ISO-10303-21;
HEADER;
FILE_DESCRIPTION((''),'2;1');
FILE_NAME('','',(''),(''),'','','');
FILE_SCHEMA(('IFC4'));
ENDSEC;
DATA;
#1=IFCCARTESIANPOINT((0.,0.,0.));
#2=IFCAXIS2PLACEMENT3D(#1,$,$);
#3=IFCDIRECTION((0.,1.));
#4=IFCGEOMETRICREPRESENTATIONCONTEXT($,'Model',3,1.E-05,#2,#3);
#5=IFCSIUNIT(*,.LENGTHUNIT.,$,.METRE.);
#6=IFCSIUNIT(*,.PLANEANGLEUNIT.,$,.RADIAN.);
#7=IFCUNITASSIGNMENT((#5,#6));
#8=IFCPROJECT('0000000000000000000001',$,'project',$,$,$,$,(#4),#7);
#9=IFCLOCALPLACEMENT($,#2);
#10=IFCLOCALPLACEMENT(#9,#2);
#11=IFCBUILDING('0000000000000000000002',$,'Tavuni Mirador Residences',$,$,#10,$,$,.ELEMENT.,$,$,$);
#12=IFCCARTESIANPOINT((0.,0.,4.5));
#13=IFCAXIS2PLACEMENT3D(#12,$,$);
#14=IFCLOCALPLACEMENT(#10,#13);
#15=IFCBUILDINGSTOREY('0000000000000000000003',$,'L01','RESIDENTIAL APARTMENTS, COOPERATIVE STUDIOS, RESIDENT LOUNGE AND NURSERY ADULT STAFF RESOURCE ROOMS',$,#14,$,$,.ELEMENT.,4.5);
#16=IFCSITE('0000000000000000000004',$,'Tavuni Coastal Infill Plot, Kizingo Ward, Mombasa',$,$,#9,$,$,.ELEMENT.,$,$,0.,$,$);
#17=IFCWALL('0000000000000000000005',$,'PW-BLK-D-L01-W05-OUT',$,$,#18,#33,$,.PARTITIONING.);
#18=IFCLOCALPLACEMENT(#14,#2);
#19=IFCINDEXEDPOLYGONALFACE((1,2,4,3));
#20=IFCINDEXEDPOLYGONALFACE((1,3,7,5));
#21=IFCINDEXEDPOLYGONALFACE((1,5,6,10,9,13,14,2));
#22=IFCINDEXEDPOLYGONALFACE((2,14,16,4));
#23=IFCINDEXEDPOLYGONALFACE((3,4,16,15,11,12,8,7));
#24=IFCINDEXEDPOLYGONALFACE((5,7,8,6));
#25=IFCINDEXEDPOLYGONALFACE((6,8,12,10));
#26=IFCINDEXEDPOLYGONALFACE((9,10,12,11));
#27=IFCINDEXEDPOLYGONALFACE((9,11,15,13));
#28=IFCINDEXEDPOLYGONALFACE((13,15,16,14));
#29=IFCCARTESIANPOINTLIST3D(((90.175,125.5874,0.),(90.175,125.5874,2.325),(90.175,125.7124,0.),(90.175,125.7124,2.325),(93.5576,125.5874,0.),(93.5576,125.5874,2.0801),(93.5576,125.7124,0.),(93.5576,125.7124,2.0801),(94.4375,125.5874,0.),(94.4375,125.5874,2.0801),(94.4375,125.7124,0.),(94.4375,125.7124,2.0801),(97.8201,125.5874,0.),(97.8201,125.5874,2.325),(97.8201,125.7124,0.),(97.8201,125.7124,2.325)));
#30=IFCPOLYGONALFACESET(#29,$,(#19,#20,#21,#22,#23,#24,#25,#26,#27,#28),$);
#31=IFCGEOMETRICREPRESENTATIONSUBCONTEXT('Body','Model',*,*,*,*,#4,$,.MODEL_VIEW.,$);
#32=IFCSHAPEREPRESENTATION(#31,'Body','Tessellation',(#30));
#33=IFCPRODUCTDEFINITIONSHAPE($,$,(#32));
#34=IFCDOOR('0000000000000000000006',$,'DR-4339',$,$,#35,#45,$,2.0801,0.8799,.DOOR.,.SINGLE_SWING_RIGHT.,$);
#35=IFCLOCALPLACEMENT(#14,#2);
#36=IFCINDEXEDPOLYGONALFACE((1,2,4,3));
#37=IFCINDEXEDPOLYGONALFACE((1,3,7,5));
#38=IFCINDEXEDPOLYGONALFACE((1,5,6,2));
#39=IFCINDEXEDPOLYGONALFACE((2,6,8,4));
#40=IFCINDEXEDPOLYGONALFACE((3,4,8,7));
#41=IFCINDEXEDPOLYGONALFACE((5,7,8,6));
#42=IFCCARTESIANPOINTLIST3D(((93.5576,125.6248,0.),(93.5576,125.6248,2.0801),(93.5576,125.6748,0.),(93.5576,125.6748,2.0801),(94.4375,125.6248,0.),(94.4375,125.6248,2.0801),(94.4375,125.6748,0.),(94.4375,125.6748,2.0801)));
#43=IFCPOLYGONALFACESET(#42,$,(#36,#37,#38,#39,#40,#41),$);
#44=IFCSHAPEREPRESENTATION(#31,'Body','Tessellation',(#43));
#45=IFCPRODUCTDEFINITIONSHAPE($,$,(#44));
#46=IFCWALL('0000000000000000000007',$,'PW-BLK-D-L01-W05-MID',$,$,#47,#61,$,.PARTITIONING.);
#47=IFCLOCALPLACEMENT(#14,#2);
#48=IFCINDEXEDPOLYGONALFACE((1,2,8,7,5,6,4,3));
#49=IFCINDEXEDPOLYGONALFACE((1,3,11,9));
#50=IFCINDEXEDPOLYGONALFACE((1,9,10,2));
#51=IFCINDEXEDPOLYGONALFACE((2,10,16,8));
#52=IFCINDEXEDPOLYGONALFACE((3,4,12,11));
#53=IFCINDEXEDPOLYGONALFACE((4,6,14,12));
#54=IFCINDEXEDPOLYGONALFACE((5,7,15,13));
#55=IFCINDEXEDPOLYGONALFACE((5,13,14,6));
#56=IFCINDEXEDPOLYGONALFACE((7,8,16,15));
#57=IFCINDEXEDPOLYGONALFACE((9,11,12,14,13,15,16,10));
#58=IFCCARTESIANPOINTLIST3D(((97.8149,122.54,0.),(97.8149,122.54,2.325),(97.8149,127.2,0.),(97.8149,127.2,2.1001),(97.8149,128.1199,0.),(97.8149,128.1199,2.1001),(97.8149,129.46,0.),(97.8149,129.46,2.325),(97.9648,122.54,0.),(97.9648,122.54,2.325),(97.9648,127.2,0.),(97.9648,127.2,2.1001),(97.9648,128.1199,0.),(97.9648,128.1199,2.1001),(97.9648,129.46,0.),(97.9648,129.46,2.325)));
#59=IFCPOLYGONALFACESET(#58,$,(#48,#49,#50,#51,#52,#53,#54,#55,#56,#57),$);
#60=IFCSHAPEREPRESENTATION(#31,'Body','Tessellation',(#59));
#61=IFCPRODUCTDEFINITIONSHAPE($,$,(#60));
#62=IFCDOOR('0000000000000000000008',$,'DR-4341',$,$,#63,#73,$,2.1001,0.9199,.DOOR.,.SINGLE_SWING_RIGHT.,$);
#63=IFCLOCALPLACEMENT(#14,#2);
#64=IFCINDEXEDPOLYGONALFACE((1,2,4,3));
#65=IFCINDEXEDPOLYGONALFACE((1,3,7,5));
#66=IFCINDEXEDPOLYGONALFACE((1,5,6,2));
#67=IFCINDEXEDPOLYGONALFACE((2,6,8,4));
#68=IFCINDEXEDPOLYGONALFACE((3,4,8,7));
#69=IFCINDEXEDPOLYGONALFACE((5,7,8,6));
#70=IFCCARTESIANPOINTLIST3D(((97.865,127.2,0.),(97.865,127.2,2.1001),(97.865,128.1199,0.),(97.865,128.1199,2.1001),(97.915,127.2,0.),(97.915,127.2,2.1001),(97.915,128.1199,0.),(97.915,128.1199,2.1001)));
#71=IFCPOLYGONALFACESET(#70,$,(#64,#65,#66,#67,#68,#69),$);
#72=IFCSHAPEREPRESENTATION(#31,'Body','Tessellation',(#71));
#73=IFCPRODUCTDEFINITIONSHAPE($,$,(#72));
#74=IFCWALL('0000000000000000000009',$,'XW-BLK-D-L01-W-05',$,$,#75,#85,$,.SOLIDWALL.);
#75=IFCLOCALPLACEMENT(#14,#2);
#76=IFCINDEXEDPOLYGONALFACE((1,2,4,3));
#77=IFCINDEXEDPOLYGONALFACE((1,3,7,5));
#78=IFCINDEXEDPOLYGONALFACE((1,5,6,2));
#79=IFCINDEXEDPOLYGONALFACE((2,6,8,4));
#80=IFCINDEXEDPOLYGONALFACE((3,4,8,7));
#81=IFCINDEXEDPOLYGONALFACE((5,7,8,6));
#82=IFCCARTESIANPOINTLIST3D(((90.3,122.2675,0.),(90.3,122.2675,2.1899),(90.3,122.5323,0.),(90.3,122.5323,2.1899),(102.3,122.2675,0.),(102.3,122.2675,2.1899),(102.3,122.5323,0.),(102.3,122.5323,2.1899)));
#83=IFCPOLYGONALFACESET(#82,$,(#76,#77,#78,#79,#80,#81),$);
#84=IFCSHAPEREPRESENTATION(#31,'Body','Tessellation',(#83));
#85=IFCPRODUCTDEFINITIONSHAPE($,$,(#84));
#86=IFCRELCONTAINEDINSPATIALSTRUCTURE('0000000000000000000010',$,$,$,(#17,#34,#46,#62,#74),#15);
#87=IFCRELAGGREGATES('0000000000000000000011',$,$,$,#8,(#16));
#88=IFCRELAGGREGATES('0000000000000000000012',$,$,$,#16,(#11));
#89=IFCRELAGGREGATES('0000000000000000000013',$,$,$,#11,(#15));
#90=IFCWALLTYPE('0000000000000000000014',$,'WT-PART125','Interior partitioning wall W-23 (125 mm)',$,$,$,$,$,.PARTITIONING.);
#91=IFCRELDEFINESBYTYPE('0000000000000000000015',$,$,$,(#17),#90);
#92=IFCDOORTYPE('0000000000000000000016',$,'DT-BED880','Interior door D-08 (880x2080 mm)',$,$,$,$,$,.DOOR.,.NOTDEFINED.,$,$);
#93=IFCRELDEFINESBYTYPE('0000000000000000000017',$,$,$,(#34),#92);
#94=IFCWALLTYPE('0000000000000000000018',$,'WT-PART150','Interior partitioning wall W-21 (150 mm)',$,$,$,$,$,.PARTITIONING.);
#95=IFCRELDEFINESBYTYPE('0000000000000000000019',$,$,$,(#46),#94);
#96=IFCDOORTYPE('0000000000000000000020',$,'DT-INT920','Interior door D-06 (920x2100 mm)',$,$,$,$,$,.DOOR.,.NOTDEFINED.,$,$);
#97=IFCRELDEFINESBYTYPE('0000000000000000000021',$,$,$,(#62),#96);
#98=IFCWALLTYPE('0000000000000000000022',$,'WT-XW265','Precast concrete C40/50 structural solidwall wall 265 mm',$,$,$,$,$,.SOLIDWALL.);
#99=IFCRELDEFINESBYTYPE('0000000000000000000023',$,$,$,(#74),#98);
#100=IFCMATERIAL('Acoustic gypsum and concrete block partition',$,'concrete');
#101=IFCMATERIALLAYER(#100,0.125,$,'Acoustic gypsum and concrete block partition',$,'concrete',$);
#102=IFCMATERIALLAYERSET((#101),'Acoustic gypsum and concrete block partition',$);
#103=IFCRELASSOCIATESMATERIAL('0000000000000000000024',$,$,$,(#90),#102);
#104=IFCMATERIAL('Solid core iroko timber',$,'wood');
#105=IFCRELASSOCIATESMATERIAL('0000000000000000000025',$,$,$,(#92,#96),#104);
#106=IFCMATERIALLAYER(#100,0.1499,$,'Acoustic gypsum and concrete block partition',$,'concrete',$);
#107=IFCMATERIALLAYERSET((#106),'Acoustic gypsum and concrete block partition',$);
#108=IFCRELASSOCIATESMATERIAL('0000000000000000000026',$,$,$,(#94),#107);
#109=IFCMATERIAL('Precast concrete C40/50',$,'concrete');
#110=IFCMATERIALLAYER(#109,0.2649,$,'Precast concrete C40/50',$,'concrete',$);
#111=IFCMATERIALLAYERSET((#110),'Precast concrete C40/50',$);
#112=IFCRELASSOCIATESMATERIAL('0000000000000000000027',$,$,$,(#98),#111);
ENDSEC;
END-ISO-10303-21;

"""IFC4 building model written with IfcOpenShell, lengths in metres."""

from ifc_helpers import new_model, si_unit, direction, frame, frame_2d, origin, place, context, subcontext, project, spatial, rectangle, extrude, material, layer, layer_set, type_object, element, fill, save


model = new_model("IFC4")

# Units and contexts
model_context = context("Model", 3, precision=1e-05, world=origin(), true_north=direction((0.0, 1.0)))
body_context = subcontext(model_context, "Body", "Model", "MODEL_VIEW")
ifc_project = project(units=[si_unit("LENGTHUNIT", "METRE"), si_unit("PLANEANGLEUNIT", "RADIAN")], contexts=[model_context])

# Site, building, storey
site_placement = place(None, origin())
site = spatial("IfcSite", under=ifc_project, at=site_placement, Name="Tavuni Coastal Infill Plot, Kizingo Ward, Mombasa", CompositionType="ELEMENT", RefElevation=0.0)
building_placement = place(site_placement, origin())
building = spatial("IfcBuilding", under=site, at=building_placement, Name="Tavuni Mirador Residences", CompositionType="ELEMENT")
storey_placement = place(building_placement, frame((0.0, 0.0, 4.5)))
storey = spatial("IfcBuildingStorey", under=building, at=storey_placement, Name="L01", Description="RESIDENTIAL APARTMENTS, COOPERATIVE STUDIOS, RESIDENT LOUNGE AND NURSERY ADULT STAFF RESOURCE ROOMS", CompositionType="ELEMENT", Elevation=4.5)

# Shared definitions
ifc_material_1 = material(Name="Precast concrete C40/50", Category="concrete")

# Shared definitions
ifc_material_2 = material(Name="Solid core iroko timber", Category="wood")

# Walls, openings, doors
ifc_material_3 = material(Name="Acoustic gypsum and concrete block partition", Category="concrete")
ifc_layer_1 = layer(ifc_material_3, 0.125, Name="Acoustic gypsum and concrete block partition", Category="concrete")
ifc_layer_set_1 = layer_set([ifc_layer_1], Name="Acoustic gypsum and concrete block partition")
wall_type_1 = type_object("IfcWallType", Name="WT-PART125", Description="Interior partitioning wall W-23 (125 mm)", PredefinedType="PARTITIONING", material=ifc_layer_set_1)
wall_1_placement = place(storey_placement, frame((90.175, 125.6499, 0.0), z_axis=(0.0, 0.0, 1.0), x_axis=(1.0, 0.0, 0.0)))
wall_1 = element("IfcWall", 1, at=wall_1_placement, inside=storey, type_object=wall_type_1, Name="PW-BLK-D-L01-W05-OUT", PredefinedType="PARTITIONING", context=body_context, shape_type="SweptSolid", body=[
    extrude(rectangle(XDim=7.645, YDim=0.125, at=frame_2d((3.8225, 0.0))), origin(), (0.0, 0.0, 1.0), 2.325),
])
opening_1_placement = place(wall_1_placement, frame((3.3826, 0.0, 0.0)))
opening_1 = element("IfcOpeningElement", 2, at=opening_1_placement, cuts=wall_1, PredefinedType="OPENING", context=body_context, shape_type="SweptSolid", body=[
    extrude(rectangle(XDim=0.8799, YDim=2.0801, at=frame_2d((0.4399, 1.04))), frame((0.0, 0.0725, 0.0), z_axis=(0.0, -1.0, 0.0), x_axis=(1.0, 0.0, 0.0)), (0.0, 0.0, 1.0), 0.145),
])
door_type_1 = type_object("IfcDoorType", Name="DT-BED880", Description="Interior door D-08 (880x2080 mm)", OperationType="NOTDEFINED", PredefinedType="DOOR", material=ifc_material_2)
door_1_placement = place(opening_1_placement, origin())
door_1 = element("IfcDoor", 3, at=door_1_placement, inside=storey, type_object=door_type_1, Name="DR-4339", OperationType="SINGLE_SWING_RIGHT", OverallHeight=2.0801, OverallWidth=0.8799, PredefinedType="DOOR", context=body_context, shape_type="SweptSolid", body=[
    extrude(rectangle(XDim=0.8799, YDim=2.0801, at=frame_2d((0.4399, 1.04))), frame((0.0, 0.0249, 0.0), z_axis=(0.0, -1.0, 0.0), x_axis=(1.0, 0.0, 0.0)), (0.0, 0.0, 1.0), 0.05),
])
fill(opening_1, door_1)
ifc_layer_2 = layer(ifc_material_3, 0.1499, Name="Acoustic gypsum and concrete block partition", Category="concrete")
ifc_layer_set_2 = layer_set([ifc_layer_2], Name="Acoustic gypsum and concrete block partition")
wall_type_2 = type_object("IfcWallType", Name="WT-PART150", Description="Interior partitioning wall W-21 (150 mm)", PredefinedType="PARTITIONING", material=ifc_layer_set_2)
wall_2_placement = place(storey_placement, frame((97.8899, 122.54, 0.0), z_axis=(0.0, 0.0, 1.0), x_axis=(0.0, 1.0, 0.0)))
wall_2 = element("IfcWall", 4, at=wall_2_placement, inside=storey, type_object=wall_type_2, Name="PW-BLK-D-L01-W05-MID", PredefinedType="PARTITIONING", context=body_context, shape_type="SweptSolid", body=[
    extrude(rectangle(XDim=6.9199, YDim=0.1499, at=frame_2d((3.46, 0.0))), origin(), (0.0, 0.0, 1.0), 2.325),
])
opening_2_placement = place(wall_2_placement, frame((4.6599, 0.0, 0.0)))
opening_2 = element("IfcOpeningElement", 5, at=opening_2_placement, cuts=wall_2, PredefinedType="OPENING", context=body_context, shape_type="SweptSolid", body=[
    extrude(rectangle(XDim=0.9199, YDim=2.1001, at=frame_2d((0.46, 1.05))), frame((0.0, 0.085, 0.0), z_axis=(0.0, -1.0, 0.0), x_axis=(1.0, 0.0, 0.0)), (0.0, 0.0, 1.0), 0.1699),
])
door_type_2 = type_object("IfcDoorType", Name="DT-INT920", Description="Interior door D-06 (920x2100 mm)", OperationType="NOTDEFINED", PredefinedType="DOOR", material=ifc_material_2)
door_2_placement = place(opening_2_placement, origin())
door_2 = element("IfcDoor", 6, at=door_2_placement, inside=storey, type_object=door_type_2, Name="DR-4341", OperationType="SINGLE_SWING_RIGHT", OverallHeight=2.1001, OverallWidth=0.9199, PredefinedType="DOOR", context=body_context, shape_type="SweptSolid", body=[
    extrude(rectangle(XDim=0.9199, YDim=2.1001, at=frame_2d((0.46, 1.05))), frame((0.0, 0.0249, 0.0), z_axis=(0.0, -1.0, 0.0), x_axis=(1.0, 0.0, 0.0)), (0.0, 0.0, 1.0), 0.05),
])
fill(opening_2, door_2)

# Wall
ifc_layer_3 = layer(ifc_material_1, 0.2649, Name="Precast concrete C40/50", Category="concrete")
ifc_layer_set_3 = layer_set([ifc_layer_3], Name="Precast concrete C40/50")
wall_type_3 = type_object("IfcWallType", Name="WT-XW265", Description="Precast concrete C40/50 structural solidwall wall 265 mm", PredefinedType="SOLIDWALL", material=ifc_layer_set_3)
wall_3_placement = place(storey_placement, frame((90.3, 122.3999, 0.0), z_axis=(0.0, 0.0, 1.0), x_axis=(1.0, 0.0, 0.0)))
element("IfcWall", 7, at=wall_3_placement, inside=storey, type_object=wall_type_3, Name="XW-BLK-D-L01-W-05", PredefinedType="SOLIDWALL", context=body_context, shape_type="SweptSolid", body=[
    extrude(rectangle(XDim=12.0, YDim=0.2649, at=frame_2d((6.0, 0.0))), origin(), (0.0, 0.0, 1.0), 2.1899),
])

save(model, "model.ifc")
